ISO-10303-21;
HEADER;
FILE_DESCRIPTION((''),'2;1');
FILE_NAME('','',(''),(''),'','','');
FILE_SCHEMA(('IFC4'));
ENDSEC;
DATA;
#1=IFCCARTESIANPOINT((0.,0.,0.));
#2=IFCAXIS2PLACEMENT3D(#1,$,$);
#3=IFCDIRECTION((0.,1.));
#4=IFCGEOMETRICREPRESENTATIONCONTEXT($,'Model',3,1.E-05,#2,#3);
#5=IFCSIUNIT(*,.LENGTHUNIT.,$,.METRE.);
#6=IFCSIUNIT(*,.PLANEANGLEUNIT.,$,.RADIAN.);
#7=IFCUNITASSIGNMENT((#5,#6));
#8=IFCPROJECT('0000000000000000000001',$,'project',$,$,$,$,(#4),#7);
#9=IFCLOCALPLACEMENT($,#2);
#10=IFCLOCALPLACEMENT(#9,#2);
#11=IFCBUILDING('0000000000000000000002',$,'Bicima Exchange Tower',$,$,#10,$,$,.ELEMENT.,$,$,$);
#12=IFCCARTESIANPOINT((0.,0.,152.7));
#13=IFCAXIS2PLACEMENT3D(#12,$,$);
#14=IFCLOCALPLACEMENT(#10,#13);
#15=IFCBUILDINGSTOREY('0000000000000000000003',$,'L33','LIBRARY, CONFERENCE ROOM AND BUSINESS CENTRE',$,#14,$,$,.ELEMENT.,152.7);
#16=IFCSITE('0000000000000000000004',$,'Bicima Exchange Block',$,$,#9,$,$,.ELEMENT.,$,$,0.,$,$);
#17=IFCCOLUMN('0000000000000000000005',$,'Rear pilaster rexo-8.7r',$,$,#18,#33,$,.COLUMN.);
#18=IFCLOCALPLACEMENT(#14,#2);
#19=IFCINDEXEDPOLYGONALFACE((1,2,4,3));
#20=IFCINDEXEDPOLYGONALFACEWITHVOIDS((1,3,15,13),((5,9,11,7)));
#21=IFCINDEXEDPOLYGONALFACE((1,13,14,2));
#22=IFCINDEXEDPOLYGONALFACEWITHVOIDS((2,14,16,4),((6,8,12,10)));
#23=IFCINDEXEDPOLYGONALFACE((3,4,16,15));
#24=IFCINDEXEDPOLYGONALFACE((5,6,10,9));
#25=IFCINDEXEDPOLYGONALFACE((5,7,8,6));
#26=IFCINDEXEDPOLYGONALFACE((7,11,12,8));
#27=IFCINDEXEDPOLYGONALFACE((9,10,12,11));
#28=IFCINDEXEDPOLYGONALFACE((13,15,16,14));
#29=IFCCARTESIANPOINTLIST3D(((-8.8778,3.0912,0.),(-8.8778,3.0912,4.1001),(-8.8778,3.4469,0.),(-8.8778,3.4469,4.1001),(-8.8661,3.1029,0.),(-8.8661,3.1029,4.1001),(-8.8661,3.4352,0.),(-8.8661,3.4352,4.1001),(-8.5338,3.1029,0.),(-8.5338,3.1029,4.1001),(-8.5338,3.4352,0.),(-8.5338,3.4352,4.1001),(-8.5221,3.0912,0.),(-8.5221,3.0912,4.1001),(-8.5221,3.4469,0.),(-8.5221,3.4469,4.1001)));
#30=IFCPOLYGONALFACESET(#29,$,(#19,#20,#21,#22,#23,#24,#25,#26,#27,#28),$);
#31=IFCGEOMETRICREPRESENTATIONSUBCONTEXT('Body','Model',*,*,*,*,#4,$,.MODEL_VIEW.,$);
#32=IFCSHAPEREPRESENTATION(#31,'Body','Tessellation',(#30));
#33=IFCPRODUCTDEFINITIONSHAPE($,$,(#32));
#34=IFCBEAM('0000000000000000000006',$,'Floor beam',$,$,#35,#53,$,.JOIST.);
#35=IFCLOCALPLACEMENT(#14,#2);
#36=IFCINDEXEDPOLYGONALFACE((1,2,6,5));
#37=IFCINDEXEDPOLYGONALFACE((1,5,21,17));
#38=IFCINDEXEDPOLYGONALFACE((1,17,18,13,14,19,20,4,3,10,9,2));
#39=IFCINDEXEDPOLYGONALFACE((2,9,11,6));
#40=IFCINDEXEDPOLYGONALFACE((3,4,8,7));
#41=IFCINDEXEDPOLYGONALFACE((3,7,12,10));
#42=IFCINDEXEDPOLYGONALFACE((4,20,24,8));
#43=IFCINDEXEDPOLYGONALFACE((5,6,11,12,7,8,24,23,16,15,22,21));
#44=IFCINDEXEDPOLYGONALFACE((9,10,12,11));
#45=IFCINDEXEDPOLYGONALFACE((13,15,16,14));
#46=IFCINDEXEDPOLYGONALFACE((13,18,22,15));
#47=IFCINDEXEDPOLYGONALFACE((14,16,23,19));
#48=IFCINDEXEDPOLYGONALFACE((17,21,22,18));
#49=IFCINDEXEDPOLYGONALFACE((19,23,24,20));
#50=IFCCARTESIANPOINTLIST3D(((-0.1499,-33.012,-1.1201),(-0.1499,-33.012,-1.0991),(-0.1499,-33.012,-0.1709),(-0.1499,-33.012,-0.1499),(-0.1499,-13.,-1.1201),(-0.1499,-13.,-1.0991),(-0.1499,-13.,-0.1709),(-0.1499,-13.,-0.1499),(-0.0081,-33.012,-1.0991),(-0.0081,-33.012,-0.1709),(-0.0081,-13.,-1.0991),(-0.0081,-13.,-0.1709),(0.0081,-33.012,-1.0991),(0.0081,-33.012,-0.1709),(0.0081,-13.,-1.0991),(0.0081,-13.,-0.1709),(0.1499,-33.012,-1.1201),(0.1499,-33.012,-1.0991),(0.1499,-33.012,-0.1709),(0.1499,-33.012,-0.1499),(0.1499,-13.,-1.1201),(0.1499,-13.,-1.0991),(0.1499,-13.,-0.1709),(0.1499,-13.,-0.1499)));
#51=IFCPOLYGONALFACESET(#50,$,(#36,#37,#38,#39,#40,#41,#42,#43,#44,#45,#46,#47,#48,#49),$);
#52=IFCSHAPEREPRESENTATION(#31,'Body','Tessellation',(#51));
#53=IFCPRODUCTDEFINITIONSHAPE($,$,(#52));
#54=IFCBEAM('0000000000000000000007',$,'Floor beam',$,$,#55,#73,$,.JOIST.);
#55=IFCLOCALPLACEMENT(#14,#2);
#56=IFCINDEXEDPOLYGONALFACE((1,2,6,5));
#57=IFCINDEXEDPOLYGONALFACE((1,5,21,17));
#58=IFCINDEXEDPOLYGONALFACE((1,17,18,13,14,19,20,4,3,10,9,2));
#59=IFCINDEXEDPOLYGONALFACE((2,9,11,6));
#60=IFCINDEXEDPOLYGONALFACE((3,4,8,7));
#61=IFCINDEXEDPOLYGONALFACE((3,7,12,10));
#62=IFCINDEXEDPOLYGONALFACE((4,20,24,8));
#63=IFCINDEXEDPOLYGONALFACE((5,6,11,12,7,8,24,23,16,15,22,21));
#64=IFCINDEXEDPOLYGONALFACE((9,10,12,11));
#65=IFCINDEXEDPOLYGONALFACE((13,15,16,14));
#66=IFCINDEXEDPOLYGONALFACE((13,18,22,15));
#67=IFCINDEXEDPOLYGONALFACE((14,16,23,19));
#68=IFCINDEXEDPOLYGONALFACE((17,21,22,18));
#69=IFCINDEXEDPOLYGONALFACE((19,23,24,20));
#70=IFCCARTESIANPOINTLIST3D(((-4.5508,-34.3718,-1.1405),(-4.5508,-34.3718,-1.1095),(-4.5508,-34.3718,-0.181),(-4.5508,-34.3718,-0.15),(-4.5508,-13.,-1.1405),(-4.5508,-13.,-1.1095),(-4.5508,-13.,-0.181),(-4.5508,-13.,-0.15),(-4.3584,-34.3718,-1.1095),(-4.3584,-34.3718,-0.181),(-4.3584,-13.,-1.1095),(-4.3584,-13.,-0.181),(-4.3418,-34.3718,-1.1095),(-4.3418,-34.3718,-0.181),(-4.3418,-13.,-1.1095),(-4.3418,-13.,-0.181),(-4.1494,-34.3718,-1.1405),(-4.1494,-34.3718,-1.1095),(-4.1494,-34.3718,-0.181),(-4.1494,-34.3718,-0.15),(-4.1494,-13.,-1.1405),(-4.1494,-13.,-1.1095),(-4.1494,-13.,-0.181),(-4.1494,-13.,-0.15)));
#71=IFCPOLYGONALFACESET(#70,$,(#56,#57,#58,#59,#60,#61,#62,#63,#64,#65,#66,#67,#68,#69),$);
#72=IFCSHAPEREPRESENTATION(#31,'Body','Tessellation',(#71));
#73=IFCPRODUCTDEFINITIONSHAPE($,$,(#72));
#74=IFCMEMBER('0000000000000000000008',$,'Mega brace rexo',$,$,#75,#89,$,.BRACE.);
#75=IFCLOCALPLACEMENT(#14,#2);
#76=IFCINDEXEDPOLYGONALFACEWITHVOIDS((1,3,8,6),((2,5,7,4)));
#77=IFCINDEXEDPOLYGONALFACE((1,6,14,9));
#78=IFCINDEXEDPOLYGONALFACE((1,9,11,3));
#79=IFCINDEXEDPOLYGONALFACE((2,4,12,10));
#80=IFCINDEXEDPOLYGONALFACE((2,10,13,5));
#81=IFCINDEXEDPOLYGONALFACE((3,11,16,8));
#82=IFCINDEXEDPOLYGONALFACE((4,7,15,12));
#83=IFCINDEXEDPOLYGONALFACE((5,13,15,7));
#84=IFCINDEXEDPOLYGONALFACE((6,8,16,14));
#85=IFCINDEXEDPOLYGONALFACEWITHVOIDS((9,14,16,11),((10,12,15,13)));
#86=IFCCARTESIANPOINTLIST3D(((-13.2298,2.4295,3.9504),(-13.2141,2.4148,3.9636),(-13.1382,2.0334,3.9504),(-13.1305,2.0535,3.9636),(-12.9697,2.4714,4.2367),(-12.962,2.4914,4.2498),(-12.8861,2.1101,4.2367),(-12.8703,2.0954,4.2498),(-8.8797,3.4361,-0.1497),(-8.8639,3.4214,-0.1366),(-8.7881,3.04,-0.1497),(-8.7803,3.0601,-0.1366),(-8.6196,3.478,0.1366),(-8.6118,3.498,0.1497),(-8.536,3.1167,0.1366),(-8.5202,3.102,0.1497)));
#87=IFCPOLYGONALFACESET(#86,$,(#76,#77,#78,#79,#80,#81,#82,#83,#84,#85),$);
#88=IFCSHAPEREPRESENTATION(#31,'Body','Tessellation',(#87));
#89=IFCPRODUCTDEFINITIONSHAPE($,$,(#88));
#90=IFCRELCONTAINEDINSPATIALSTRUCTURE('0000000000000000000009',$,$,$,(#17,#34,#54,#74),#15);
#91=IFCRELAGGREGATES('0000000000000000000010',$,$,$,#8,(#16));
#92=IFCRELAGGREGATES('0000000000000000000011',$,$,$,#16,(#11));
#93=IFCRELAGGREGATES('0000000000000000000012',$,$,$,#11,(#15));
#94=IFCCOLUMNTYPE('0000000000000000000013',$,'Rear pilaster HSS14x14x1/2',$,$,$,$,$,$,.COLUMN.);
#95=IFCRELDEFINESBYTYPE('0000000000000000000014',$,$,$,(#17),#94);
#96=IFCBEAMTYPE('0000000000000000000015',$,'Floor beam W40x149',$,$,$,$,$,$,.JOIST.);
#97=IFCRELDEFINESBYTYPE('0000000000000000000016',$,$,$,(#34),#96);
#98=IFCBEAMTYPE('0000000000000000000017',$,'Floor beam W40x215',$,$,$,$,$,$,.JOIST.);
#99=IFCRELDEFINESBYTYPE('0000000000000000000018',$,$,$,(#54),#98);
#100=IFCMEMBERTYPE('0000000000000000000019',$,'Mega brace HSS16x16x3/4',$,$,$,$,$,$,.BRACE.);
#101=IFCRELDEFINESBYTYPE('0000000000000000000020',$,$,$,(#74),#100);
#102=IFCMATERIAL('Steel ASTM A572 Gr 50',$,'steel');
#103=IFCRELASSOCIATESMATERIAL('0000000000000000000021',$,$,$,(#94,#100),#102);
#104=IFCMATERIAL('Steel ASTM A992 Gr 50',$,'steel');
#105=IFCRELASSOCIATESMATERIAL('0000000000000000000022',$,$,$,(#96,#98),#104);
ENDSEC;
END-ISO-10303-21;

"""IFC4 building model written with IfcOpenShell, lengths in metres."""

from ifc_helpers import new_model, si_unit, direction, frame, origin, origin_2d, place, context, subcontext, project, spatial, hollow_rectangle, i_section, extrude, material, material_profile, profile_set, type_object, element, save


model = new_model("IFC4")

# Units and contexts
model_context = context("Model", 3, precision=1e-05, world=origin(), true_north=direction((0.0, 1.0)))
body_context = subcontext(model_context, "Body", "Model", "MODEL_VIEW")
ifc_project = project(units=[si_unit("LENGTHUNIT", "METRE"), si_unit("PLANEANGLEUNIT", "RADIAN")], contexts=[model_context])

# Site, building, storey
site_placement = place(None, origin())
site = spatial("IfcSite", under=ifc_project, at=site_placement, Name="Bicima Exchange Block", CompositionType="ELEMENT", RefElevation=0.0)
building_placement = place(site_placement, origin())
building = spatial("IfcBuilding", under=site, at=building_placement, Name="Bicima Exchange Tower", CompositionType="ELEMENT")
storey_placement = place(building_placement, frame((0.0, 0.0, 152.7)))
storey = spatial("IfcBuildingStorey", under=building, at=storey_placement, Name="L33", Description="LIBRARY, CONFERENCE ROOM AND BUSINESS CENTRE", CompositionType="ELEMENT", Elevation=152.7)

# Column
ifc_material_1 = material(Name="Steel ASTM A572 Gr 50", Category="steel")
ifc_material_profile_1 = material_profile(ifc_material_1, hollow_rectangle(XDim=0.3557, YDim=0.3557, WallThickness=0.0117, at=origin_2d()))
ifc_profile_set_1 = profile_set([ifc_material_profile_1], Name="Steel ASTM A572 Gr 50")
column_type = type_object("IfcColumnType", Name="Rear pilaster HSS14x14x1/2", PredefinedType="COLUMN", material=ifc_profile_set_1)
column_placement = place(storey_placement, frame((-8.7, 3.269, 0.0), z_axis=(0.0, 0.0, 1.0), x_axis=(1.0, 0.0, 0.0)))
element("IfcColumn", 1, at=column_placement, inside=storey, type_object=column_type, Name="Rear pilaster rexo-8.7r", PredefinedType="COLUMN", context=body_context, shape_type="SweptSolid", body=[
    extrude(hollow_rectangle(XDim=0.3557, YDim=0.3557, WallThickness=0.0117, at=origin_2d()), origin(), (0.0, 0.0, 1.0), 4.1001),
])

# Beams
ifc_material_2 = material(Name="Steel ASTM A992 Gr 50", Category="steel")
ifc_material_profile_2 = material_profile(ifc_material_2, i_section(OverallWidth=0.2998, OverallDepth=0.9702, WebThickness=0.0161, FlangeThickness=0.021, at=origin_2d()))
ifc_profile_set_2 = profile_set([ifc_material_profile_2], Name="Steel ASTM A992 Gr 50")
beam_type_1 = type_object("IfcBeamType", Name="Floor beam W40x149", PredefinedType="JOIST", material=ifc_profile_set_2)
beam_1_placement = place(storey_placement, frame((0.0, -13.0, -0.635), z_axis=(0.0, -1.0, 0.0), x_axis=(1.0, 0.0, 0.0)))
element("IfcBeam", 2, at=beam_1_placement, inside=storey, type_object=beam_type_1, Name="Floor beam", PredefinedType="JOIST", context=body_context, shape_type="SweptSolid", body=[
    extrude(i_section(OverallWidth=0.2998, OverallDepth=0.9702, WebThickness=0.0161, FlangeThickness=0.021, at=origin_2d()), origin(), (0.0, 0.0, 1.0), 20.012),
])
ifc_material_profile_3 = material_profile(ifc_material_2, i_section(OverallWidth=0.4014, OverallDepth=0.9905, WebThickness=0.0166, FlangeThickness=0.031, at=origin_2d()))
ifc_profile_set_3 = profile_set([ifc_material_profile_3], Name="Steel ASTM A992 Gr 50")
beam_type_2 = type_object("IfcBeamType", Name="Floor beam W40x215", PredefinedType="JOIST", material=ifc_profile_set_3)
beam_2_placement = place(storey_placement, frame((-4.3501, -13.0, -0.6453), z_axis=(0.0, -1.0, 0.0), x_axis=(1.0, 0.0, 0.0)))
element("IfcBeam", 3, at=beam_2_placement, inside=storey, type_object=beam_type_2, Name="Floor beam", PredefinedType="JOIST", context=body_context, shape_type="SweptSolid", body=[
    extrude(i_section(OverallWidth=0.4014, OverallDepth=0.9905, WebThickness=0.0166, FlangeThickness=0.031, at=origin_2d()), origin(), (0.0, 0.0, 1.0), 21.3718),
])

# Member
ifc_material_profile_4 = material_profile(ifc_material_1, hollow_rectangle(XDim=0.4065, YDim=0.4065, WallThickness=0.0178, at=origin_2d()))
ifc_profile_set_4 = profile_set([ifc_material_profile_4], Name="Steel ASTM A572 Gr 50")
member_type = type_object("IfcMemberType", Name="Mega brace HSS16x16x3/4", PredefinedType="BRACE", material=ifc_profile_set_4)
member_placement = place(storey_placement, frame((-8.7, 3.269, 0.0), z_axis=(-0.717606, -0.166051, 0.676365), x_axis=(0.225439, -0.974257, 0.0)))
element("IfcMember", 4, at=member_placement, inside=storey, type_object=member_type, Name="Mega brace rexo", PredefinedType="BRACE", context=body_context, shape_type="SweptSolid", body=[
    extrude(hollow_rectangle(XDim=0.4065, YDim=0.4065, WallThickness=0.0178, at=origin_2d()), origin(), (0.0, 0.0, 1.0), 6.062),
])

save(model, "model.ifc")
